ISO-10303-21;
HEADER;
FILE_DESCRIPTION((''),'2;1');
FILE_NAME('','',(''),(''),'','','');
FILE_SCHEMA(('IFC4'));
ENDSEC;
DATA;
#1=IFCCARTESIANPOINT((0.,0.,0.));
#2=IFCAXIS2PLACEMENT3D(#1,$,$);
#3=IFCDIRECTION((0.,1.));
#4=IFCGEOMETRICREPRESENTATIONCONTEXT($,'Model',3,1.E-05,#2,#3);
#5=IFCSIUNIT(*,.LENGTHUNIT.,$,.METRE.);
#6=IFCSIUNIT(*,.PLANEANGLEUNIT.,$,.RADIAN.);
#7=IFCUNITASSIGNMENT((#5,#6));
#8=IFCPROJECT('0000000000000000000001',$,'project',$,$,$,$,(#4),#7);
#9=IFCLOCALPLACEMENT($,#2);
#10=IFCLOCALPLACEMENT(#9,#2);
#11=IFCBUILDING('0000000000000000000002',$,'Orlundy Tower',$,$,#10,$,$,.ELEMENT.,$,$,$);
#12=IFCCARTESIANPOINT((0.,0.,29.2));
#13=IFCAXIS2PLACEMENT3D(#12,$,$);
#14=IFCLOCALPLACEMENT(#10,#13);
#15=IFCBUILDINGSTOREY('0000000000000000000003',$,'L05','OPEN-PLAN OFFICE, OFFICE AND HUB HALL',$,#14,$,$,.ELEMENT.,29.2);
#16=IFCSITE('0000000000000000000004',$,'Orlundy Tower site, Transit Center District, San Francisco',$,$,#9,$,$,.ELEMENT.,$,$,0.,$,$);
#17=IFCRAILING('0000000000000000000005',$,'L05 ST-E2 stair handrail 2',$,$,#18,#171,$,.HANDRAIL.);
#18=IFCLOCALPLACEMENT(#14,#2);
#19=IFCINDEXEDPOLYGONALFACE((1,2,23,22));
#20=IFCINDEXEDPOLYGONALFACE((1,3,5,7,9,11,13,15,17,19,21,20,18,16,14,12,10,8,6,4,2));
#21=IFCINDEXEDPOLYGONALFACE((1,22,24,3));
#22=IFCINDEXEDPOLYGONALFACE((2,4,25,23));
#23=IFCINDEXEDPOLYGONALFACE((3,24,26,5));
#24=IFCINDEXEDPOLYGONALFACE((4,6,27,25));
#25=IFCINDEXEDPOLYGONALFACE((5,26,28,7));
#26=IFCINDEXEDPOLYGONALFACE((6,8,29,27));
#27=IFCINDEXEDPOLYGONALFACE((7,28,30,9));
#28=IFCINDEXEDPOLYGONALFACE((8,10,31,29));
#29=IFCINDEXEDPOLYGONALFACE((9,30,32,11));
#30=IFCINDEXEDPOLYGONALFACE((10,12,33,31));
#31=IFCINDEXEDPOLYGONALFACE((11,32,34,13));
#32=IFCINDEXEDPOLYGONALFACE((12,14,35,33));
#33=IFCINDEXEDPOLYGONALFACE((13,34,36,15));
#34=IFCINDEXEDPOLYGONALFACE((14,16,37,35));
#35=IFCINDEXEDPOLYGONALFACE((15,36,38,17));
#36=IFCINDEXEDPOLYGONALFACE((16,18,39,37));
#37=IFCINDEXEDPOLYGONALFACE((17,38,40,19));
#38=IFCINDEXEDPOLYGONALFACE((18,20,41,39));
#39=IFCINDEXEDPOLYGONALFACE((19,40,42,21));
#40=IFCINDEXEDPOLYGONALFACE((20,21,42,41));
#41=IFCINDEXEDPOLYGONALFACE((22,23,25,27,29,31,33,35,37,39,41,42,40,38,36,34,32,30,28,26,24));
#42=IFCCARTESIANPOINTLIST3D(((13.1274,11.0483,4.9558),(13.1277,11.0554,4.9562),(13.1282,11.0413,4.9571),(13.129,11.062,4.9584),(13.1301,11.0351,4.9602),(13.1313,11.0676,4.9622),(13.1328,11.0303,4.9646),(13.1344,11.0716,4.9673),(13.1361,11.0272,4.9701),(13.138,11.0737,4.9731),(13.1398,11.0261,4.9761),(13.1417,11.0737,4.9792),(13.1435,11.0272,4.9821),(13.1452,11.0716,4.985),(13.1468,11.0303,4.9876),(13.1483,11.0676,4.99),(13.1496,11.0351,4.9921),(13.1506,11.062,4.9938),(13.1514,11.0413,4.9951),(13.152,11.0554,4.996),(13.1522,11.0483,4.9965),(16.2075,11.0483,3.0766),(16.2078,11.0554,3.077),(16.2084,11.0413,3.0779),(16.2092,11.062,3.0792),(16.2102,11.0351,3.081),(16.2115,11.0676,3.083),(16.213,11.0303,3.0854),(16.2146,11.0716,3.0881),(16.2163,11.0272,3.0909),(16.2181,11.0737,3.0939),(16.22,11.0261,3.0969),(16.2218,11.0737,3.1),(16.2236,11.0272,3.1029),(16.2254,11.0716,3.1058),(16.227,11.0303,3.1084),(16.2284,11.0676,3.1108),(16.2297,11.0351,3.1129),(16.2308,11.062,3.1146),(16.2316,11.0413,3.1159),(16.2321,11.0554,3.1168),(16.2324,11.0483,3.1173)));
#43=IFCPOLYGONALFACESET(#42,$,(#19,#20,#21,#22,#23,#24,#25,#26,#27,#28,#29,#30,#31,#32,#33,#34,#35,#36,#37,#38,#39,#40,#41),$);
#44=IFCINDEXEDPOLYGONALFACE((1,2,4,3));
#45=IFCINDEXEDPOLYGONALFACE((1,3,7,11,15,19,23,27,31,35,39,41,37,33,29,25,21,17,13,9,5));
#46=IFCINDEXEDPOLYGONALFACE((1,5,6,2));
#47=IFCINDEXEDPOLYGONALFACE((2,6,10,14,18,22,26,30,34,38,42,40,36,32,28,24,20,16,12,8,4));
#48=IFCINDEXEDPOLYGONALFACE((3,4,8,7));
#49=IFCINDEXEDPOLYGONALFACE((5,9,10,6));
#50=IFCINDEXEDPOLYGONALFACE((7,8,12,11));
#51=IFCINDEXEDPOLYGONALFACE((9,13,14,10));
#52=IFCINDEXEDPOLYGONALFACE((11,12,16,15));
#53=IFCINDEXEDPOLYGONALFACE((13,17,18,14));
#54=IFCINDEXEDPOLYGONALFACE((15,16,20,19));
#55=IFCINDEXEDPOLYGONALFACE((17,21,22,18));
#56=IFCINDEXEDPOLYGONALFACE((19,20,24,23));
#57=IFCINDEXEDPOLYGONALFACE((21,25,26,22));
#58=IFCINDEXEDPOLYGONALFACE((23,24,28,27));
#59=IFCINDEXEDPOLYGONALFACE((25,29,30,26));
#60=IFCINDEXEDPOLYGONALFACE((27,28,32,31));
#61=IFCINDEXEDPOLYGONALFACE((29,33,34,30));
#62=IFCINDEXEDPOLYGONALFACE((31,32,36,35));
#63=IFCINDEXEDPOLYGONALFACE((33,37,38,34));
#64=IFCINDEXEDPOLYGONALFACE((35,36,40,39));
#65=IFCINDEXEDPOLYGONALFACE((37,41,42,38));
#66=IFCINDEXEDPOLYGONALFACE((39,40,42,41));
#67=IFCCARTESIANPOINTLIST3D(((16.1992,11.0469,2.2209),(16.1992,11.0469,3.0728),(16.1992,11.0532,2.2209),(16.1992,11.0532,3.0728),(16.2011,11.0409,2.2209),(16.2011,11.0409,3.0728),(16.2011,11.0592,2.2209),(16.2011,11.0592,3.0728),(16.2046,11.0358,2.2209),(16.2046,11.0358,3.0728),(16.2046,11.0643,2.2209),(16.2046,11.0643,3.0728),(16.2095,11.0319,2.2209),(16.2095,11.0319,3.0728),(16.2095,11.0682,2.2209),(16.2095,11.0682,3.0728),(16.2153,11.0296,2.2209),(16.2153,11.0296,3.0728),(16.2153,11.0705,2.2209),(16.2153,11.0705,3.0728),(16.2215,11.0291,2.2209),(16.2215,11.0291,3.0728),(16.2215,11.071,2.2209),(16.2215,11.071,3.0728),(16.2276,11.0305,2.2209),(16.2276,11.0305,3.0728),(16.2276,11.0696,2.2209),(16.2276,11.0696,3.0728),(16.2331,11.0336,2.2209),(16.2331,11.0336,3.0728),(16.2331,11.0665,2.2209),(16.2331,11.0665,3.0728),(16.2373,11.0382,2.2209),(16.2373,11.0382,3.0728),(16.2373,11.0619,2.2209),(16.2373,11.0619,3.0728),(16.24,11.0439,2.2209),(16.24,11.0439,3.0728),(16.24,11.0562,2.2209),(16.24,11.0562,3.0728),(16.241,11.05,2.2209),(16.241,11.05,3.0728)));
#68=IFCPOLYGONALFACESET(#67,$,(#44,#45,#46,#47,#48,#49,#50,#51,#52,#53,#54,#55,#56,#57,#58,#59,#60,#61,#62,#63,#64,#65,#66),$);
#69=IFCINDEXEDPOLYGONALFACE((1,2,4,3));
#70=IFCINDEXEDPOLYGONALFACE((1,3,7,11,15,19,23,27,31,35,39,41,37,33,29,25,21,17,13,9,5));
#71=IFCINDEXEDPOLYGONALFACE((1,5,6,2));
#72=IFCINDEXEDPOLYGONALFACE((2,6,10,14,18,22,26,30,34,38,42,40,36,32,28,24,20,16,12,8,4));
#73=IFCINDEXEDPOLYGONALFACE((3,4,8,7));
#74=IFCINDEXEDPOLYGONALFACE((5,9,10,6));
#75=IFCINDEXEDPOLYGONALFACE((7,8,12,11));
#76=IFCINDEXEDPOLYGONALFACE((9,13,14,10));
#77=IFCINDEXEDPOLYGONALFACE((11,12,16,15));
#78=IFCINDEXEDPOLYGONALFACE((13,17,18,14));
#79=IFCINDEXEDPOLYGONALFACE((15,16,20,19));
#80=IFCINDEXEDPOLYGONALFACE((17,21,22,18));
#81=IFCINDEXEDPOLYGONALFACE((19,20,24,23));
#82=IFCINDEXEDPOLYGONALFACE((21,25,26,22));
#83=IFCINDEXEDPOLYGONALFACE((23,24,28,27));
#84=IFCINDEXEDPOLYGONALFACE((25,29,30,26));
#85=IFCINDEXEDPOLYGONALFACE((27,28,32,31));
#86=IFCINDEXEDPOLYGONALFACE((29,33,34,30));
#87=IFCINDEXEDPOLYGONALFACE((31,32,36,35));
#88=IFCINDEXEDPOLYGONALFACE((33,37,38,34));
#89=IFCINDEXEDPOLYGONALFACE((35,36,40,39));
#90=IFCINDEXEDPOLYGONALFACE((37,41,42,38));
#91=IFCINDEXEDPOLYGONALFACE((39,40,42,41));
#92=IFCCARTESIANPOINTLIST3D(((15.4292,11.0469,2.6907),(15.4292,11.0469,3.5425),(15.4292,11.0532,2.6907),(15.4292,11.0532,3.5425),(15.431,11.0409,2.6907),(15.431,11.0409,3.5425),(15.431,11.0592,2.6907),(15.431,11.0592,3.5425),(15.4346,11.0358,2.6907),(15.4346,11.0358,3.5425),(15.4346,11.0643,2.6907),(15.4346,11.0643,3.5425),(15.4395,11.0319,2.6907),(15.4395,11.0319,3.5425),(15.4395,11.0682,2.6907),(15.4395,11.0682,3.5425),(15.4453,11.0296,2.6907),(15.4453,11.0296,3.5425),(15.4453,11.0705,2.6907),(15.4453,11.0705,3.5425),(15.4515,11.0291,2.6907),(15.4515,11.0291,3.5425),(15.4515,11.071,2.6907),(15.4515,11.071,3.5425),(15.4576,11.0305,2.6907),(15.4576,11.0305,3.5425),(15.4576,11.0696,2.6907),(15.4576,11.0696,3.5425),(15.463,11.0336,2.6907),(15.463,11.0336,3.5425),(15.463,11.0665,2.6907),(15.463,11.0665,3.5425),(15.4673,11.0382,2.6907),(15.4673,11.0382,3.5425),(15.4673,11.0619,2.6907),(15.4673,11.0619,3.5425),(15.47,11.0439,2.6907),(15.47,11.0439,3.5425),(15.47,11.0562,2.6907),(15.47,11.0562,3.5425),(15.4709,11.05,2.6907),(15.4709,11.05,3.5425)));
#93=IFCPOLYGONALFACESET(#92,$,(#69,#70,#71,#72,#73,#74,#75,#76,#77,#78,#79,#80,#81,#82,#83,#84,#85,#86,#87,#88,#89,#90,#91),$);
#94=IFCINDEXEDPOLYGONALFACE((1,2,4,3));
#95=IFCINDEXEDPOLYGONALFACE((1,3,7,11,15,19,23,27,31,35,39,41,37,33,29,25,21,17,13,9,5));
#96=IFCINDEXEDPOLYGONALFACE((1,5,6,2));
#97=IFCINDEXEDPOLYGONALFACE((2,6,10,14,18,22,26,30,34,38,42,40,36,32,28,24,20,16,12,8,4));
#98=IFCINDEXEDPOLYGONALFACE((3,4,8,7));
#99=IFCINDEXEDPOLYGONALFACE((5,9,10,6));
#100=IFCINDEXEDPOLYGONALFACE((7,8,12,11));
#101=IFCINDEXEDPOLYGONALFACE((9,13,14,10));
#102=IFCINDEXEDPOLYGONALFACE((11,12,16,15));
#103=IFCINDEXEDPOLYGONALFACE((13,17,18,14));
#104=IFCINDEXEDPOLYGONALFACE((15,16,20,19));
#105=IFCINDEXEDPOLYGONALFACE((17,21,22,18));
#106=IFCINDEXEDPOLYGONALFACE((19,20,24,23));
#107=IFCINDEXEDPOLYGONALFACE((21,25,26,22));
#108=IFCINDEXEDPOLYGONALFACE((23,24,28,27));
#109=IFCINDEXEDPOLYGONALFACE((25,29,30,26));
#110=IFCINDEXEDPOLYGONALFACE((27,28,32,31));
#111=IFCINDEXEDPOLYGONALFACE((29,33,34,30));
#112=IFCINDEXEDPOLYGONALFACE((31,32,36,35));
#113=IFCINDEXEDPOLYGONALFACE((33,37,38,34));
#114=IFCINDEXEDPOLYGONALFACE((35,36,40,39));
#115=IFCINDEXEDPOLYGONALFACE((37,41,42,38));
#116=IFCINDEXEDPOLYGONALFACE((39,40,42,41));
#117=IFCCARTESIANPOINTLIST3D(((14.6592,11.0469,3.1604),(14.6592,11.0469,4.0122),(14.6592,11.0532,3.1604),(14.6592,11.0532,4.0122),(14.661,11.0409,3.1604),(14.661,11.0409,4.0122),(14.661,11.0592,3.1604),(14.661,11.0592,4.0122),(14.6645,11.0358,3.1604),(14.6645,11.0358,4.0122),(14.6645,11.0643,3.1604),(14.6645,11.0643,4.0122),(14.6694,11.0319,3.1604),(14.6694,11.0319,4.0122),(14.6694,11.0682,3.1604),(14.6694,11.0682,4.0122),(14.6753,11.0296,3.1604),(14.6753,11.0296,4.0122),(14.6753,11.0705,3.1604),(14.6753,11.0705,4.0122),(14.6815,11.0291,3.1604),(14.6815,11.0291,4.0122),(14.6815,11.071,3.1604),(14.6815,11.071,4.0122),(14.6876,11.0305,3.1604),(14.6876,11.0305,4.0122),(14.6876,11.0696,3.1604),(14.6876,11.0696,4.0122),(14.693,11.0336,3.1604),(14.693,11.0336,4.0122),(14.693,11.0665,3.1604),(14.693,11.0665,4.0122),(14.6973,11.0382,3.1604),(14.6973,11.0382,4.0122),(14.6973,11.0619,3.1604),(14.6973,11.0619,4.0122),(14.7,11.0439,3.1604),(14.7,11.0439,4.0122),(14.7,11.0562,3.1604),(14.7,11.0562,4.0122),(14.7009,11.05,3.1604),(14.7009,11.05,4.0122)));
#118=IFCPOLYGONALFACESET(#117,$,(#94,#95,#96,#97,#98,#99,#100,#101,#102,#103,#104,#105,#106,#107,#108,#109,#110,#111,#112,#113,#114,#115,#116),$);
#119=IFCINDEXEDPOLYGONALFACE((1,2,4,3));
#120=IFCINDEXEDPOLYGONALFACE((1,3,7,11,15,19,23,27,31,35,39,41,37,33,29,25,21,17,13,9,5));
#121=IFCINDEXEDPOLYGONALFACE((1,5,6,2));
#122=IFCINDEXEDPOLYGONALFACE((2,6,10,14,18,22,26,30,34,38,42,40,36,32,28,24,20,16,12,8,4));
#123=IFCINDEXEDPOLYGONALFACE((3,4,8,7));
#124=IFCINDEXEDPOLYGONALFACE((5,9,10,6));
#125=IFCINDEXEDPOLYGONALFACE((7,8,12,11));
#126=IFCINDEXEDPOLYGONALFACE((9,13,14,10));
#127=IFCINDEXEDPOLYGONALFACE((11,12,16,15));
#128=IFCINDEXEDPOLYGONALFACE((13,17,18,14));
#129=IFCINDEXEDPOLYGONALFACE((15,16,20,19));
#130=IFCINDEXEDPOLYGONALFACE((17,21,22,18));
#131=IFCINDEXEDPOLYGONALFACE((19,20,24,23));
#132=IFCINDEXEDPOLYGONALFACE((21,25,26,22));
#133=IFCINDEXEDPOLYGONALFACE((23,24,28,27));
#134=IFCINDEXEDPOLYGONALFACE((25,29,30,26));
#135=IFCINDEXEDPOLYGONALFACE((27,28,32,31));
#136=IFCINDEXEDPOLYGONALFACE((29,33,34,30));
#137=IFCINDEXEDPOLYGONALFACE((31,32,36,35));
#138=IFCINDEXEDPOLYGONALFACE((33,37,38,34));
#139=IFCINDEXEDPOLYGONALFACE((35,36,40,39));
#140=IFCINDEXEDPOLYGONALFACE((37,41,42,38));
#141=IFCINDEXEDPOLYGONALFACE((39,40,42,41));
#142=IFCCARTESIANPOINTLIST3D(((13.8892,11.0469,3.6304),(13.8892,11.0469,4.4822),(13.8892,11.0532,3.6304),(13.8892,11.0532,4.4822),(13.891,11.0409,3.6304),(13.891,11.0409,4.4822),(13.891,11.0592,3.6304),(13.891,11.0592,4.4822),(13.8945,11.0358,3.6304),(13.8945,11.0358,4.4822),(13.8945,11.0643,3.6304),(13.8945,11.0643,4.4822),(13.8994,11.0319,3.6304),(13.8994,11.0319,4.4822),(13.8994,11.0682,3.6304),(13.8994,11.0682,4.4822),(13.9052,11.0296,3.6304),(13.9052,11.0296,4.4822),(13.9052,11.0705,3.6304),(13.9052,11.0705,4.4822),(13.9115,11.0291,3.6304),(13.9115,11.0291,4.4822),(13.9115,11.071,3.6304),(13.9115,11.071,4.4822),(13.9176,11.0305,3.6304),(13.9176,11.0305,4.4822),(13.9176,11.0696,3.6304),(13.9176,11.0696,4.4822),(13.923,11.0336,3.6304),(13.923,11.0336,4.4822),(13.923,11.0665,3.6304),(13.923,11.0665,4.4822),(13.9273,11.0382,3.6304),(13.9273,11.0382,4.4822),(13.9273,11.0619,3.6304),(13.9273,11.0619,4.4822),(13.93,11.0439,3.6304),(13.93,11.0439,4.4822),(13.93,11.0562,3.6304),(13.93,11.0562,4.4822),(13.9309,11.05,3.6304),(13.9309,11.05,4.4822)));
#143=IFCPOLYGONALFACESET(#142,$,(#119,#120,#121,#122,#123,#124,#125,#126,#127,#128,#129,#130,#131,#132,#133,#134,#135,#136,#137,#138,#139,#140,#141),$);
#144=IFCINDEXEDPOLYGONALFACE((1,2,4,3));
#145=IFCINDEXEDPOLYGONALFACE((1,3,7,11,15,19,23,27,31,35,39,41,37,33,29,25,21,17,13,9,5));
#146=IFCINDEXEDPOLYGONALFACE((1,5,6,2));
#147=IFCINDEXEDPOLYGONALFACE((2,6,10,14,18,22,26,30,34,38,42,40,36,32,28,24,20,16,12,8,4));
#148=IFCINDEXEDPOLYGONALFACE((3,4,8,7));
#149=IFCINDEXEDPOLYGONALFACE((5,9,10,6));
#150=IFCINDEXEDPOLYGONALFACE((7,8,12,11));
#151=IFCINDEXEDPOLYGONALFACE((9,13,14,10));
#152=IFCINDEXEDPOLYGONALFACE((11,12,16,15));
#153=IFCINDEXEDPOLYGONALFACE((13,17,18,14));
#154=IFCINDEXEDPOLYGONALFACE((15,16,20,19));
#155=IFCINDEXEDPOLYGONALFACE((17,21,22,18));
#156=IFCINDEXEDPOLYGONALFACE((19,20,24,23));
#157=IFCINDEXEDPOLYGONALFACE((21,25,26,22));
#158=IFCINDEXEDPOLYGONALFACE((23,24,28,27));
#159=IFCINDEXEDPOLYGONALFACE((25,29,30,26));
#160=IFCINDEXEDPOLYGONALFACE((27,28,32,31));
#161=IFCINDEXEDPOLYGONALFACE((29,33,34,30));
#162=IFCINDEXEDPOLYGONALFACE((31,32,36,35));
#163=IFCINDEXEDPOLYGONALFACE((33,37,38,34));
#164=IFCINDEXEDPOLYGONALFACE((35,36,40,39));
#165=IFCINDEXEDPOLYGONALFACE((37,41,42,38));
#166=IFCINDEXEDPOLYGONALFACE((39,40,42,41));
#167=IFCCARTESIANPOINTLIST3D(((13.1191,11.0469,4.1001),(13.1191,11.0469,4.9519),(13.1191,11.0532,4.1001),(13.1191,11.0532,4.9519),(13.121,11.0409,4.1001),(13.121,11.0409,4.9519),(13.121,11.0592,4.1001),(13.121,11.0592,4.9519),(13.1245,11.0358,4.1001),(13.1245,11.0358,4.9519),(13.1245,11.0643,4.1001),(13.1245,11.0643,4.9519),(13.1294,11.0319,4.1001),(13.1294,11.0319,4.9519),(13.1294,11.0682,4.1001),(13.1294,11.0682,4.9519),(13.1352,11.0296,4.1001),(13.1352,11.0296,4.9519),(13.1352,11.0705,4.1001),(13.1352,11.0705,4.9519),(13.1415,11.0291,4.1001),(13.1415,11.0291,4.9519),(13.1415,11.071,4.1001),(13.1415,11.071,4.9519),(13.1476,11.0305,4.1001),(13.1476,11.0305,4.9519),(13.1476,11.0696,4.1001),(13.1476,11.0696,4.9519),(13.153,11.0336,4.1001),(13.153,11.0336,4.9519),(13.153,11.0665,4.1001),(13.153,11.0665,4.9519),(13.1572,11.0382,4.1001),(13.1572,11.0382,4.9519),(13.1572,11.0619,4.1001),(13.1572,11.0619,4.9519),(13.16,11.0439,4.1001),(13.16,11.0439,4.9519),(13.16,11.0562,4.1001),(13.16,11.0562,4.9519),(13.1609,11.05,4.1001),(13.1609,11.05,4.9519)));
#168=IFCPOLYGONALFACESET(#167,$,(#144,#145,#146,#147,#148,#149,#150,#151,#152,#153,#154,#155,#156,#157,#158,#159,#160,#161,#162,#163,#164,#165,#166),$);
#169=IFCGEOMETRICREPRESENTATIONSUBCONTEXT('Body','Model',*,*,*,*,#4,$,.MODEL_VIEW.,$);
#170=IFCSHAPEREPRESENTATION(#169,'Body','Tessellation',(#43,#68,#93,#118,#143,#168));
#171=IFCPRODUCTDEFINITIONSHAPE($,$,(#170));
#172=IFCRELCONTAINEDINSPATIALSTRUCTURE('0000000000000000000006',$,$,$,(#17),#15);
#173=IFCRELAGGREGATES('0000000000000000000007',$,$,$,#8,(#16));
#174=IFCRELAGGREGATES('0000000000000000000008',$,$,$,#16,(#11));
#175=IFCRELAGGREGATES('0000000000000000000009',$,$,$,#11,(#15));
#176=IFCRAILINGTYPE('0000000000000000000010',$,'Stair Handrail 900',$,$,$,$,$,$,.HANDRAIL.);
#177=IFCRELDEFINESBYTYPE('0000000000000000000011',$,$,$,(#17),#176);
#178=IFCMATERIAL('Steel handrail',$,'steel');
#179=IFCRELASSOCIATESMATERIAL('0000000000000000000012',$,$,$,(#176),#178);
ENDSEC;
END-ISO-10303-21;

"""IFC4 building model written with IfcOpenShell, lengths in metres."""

from ifc_helpers import new_model, si_unit, direction, frame, origin, origin_2d, place, context, subcontext, project, spatial, circle, extrude, material, type_object, element, save


model = new_model("IFC4")

# Units and contexts
model_context = context("Model", 3, precision=1e-05, world=origin(), true_north=direction((0.0, 1.0)))
body_context = subcontext(model_context, "Body", "Model", "MODEL_VIEW")
ifc_project = project(units=[si_unit("LENGTHUNIT", "METRE"), si_unit("PLANEANGLEUNIT", "RADIAN")], contexts=[model_context])

# Site, building, storey
site_placement = place(None, origin())
site = spatial("IfcSite", under=ifc_project, at=site_placement, Name="Orlundy Tower site, Transit Center District, San Francisco", CompositionType="ELEMENT", RefElevation=0.0)
building_placement = place(site_placement, origin())
building = spatial("IfcBuilding", under=site, at=building_placement, Name="Orlundy Tower", CompositionType="ELEMENT")
storey_placement = place(building_placement, frame((0.0, 0.0, 29.2)))
storey = spatial("IfcBuildingStorey", under=building, at=storey_placement, Name="L05", Description="OPEN-PLAN OFFICE, OFFICE AND HUB HALL", CompositionType="ELEMENT", Elevation=29.2)

# Railing
ifc_material_1 = material(Name="Steel handrail", Category="steel")
railing_type = type_object("IfcRailingType", Name="Stair Handrail 900", PredefinedType="HANDRAIL", material=ifc_material_1)
railing_placement = place(storey_placement, frame((16.22, 11.05, 2.2209)))
element("IfcRailing", 1, at=railing_placement, inside=storey, type_object=railing_type, Name="L05 ST-E2 stair handrail 2", PredefinedType="HANDRAIL", context=body_context, shape_type="SweptSolid", body=[
    extrude(circle(Radius=0.0239, at=origin_2d()), frame((0.0, 0.0, 0.876), z_axis=(-0.853666, 0.0, 0.52082), x_axis=(0.0, -1.0, 0.0)), (0.0, 0.0, 1.0), 3.6082),
    extrude(circle(Radius=0.021, at=origin_2d()), origin(), (0.0, 0.0, 1.0), 0.8518),
    extrude(circle(Radius=0.021, at=origin_2d()), frame((-0.77, 0.0, 0.4697)), (0.0, 0.0, 1.0), 0.8518),
    extrude(circle(Radius=0.021, at=origin_2d()), frame((-1.54, 0.0, 0.9395)), (0.0, 0.0, 1.0), 0.8518),
    extrude(circle(Radius=0.021, at=origin_2d()), frame((-2.3101, 0.0, 1.4094)), (0.0, 0.0, 1.0), 0.8518),
    extrude(circle(Radius=0.021, at=origin_2d()), frame((-3.0801, 0.0, 1.8792)), (0.0, 0.0, 1.0), 0.8518),
])

save(model, "model.ifc")
